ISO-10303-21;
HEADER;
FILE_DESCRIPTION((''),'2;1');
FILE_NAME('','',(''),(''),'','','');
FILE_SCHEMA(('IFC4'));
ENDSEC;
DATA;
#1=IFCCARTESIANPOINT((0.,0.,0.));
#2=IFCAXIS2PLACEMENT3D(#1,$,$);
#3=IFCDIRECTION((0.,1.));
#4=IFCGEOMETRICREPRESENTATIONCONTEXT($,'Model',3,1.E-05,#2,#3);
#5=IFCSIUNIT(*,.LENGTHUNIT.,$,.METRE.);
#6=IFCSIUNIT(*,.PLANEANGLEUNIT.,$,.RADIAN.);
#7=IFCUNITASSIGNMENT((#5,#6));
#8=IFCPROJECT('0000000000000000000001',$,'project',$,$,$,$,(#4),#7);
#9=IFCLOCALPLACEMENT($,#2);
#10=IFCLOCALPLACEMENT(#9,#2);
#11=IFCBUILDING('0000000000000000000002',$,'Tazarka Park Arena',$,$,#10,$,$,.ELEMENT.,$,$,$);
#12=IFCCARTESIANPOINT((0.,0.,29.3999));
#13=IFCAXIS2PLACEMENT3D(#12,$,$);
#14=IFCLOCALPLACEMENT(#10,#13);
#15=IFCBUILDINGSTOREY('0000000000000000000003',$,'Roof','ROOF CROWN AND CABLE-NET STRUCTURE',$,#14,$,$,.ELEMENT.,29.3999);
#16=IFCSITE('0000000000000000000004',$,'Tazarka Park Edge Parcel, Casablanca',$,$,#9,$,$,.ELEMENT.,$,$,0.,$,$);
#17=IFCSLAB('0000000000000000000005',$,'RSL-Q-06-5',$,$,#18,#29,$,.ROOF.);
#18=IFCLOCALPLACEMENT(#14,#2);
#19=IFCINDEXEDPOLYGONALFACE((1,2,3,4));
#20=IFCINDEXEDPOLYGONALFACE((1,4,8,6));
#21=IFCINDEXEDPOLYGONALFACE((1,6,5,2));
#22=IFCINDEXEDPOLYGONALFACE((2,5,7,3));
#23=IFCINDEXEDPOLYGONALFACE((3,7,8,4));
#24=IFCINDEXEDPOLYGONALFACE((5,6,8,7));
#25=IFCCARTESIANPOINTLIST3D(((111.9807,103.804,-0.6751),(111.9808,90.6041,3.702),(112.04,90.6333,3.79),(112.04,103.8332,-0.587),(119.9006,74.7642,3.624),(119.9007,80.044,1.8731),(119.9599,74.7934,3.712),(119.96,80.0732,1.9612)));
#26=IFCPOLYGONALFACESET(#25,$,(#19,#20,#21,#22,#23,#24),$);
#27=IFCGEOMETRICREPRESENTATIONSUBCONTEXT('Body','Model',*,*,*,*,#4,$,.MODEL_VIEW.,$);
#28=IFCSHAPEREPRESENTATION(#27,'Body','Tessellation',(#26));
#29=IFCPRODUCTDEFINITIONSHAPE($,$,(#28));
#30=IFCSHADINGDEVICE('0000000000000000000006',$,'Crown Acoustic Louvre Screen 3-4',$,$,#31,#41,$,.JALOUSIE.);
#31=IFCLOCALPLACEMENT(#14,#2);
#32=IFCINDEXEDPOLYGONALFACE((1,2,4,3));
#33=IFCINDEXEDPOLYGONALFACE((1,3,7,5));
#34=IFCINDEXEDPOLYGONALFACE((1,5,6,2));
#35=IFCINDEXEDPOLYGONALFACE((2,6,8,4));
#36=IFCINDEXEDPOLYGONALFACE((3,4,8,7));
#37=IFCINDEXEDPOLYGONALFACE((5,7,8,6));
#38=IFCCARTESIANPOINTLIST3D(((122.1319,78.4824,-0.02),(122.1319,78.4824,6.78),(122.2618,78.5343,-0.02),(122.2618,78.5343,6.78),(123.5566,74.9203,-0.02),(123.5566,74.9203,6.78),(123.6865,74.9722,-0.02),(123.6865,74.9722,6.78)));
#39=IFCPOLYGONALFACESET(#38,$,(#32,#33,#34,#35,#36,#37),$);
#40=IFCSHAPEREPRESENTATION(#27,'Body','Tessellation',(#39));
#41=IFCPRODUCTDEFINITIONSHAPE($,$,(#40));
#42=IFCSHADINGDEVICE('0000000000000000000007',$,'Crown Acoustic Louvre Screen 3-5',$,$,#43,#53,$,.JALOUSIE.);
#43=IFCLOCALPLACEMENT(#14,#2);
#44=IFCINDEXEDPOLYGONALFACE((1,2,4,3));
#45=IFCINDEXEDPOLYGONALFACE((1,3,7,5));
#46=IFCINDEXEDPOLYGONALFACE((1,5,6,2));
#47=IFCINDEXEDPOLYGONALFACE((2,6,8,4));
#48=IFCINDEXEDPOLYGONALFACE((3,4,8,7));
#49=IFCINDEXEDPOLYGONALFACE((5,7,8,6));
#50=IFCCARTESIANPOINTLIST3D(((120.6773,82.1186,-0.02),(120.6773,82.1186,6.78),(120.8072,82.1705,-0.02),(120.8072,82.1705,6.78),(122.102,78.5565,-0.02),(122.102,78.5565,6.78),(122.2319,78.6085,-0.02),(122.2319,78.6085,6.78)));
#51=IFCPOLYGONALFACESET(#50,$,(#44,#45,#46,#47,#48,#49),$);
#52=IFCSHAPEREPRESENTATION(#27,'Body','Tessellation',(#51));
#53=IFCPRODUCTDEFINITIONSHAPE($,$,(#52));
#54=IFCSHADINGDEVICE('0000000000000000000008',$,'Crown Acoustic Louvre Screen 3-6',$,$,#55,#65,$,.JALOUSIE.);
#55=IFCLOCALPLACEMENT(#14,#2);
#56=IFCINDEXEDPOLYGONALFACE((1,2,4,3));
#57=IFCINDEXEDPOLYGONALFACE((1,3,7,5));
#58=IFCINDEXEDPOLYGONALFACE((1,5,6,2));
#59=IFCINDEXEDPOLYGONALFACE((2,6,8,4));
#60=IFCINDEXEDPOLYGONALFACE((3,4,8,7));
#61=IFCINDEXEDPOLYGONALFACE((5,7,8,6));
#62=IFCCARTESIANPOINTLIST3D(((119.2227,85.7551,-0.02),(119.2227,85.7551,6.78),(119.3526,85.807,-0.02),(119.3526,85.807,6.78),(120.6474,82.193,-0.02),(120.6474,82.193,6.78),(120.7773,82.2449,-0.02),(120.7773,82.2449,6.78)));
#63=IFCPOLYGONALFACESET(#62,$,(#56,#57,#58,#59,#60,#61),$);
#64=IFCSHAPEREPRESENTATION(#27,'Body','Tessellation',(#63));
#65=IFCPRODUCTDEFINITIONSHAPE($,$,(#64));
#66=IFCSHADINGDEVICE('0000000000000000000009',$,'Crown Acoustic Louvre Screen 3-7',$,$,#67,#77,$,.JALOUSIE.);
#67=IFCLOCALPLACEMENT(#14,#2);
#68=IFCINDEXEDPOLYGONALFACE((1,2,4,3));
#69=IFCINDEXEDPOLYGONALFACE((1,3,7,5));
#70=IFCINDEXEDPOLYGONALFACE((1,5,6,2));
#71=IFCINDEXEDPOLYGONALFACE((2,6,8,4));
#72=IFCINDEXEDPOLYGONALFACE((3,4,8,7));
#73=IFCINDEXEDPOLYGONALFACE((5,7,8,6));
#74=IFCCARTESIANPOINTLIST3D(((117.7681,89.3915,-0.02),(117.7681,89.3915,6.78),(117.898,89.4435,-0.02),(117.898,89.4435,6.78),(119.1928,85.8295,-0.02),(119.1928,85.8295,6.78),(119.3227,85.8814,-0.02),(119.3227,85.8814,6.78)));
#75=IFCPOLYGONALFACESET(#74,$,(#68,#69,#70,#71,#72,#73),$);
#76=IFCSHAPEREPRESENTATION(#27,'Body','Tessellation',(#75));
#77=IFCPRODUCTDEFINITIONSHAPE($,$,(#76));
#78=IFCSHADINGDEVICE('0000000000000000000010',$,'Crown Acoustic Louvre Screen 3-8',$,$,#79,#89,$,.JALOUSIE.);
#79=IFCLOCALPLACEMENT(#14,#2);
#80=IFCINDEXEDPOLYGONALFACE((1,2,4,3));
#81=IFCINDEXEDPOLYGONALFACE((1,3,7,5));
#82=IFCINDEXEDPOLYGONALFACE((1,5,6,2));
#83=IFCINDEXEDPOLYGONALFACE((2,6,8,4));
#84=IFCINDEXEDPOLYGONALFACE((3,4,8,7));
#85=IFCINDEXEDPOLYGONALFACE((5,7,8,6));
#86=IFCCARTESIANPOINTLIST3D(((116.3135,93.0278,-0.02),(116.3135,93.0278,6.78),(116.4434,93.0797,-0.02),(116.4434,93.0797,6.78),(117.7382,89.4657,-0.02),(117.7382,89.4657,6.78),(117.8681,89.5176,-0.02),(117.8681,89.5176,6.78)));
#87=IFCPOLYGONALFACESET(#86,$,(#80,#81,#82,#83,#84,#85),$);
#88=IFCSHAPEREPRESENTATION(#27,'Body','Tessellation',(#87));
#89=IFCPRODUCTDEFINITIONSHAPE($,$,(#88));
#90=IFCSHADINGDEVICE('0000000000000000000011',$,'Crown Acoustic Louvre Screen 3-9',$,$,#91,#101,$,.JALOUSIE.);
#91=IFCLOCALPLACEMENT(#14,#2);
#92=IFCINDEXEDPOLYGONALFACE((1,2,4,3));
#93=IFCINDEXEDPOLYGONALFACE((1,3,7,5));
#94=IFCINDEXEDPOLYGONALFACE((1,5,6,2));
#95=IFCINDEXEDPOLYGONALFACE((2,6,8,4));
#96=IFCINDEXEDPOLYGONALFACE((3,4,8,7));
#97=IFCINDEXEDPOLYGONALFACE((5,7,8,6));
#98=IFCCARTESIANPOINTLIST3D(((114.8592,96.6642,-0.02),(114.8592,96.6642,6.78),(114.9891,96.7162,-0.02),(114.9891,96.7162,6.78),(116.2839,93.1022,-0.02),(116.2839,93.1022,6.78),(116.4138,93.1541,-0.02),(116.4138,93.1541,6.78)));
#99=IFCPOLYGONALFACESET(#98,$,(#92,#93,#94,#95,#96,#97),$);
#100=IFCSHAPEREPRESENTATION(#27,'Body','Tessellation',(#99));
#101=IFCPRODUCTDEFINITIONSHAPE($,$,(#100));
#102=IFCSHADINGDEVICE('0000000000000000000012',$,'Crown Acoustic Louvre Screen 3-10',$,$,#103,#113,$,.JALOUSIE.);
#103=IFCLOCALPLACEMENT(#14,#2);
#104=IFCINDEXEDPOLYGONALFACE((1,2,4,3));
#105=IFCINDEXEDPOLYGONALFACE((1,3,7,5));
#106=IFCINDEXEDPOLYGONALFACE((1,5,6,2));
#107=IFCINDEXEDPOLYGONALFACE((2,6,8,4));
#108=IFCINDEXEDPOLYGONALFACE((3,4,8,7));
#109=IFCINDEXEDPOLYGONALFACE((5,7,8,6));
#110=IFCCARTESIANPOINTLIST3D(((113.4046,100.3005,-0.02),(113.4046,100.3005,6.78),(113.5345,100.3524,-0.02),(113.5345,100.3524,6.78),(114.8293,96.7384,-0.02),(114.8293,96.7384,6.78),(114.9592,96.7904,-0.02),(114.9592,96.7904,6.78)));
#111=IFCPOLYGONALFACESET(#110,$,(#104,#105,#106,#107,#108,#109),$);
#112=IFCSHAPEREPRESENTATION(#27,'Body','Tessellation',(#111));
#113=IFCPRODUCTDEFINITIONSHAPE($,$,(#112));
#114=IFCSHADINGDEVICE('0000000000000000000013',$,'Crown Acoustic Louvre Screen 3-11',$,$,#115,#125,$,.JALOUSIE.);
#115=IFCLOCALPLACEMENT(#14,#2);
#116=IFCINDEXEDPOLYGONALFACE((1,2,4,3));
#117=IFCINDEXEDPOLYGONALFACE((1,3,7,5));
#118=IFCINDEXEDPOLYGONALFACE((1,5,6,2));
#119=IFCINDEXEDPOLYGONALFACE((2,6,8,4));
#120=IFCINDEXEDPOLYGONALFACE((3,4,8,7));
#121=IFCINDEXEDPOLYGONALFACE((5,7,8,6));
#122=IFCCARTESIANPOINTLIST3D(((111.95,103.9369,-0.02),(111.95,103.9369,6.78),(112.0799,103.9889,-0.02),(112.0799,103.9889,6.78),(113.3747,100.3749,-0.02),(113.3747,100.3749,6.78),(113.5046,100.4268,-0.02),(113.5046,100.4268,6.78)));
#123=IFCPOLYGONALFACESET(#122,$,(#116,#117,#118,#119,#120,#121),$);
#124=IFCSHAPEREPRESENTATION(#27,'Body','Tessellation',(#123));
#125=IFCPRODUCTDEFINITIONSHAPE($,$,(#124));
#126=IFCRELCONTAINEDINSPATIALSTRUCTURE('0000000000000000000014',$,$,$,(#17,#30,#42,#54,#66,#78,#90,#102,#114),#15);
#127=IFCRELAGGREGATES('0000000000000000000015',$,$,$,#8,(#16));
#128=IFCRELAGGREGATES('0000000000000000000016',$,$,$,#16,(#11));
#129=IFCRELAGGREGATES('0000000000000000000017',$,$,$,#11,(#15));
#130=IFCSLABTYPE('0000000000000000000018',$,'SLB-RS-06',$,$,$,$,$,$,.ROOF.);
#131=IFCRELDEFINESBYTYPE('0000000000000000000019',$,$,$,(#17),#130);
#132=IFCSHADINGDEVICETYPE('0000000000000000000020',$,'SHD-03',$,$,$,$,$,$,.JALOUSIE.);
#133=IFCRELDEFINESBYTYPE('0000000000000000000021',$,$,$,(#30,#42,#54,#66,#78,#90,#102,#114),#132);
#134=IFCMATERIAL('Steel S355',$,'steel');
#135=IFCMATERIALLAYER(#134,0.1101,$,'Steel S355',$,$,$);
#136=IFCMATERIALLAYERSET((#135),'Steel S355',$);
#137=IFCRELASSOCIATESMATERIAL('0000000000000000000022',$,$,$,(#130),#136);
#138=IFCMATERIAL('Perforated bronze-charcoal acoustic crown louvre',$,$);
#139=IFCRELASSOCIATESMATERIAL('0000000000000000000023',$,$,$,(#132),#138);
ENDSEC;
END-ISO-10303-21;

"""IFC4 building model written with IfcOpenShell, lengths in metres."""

from ifc_helpers import new_model, si_unit, direction, frame, origin, origin_2d, place, context, subcontext, project, spatial, polyline, rectangle, outline, extrude, material, layer, layer_set, type_object, element, save


model = new_model("IFC4")

# Units and contexts
model_context = context("Model", 3, precision=1e-05, world=origin(), true_north=direction((0.0, 1.0)))
body_context = subcontext(model_context, "Body", "Model", "MODEL_VIEW")
ifc_project = project(units=[si_unit("LENGTHUNIT", "METRE"), si_unit("PLANEANGLEUNIT", "RADIAN")], contexts=[model_context])

# Site, building, storey
site_placement = place(None, origin())
site = spatial("IfcSite", under=ifc_project, at=site_placement, Name="Tazarka Park Edge Parcel, Casablanca", CompositionType="ELEMENT", RefElevation=0.0)
building_placement = place(site_placement, origin())
building = spatial("IfcBuilding", under=site, at=building_placement, Name="Tazarka Park Arena", CompositionType="ELEMENT")
storey_placement = place(building_placement, frame((0.0, 0.0, 29.3999)))
storey = spatial("IfcBuildingStorey", under=building, at=storey_placement, Name="Roof", Description="ROOF CROWN AND CABLE-NET STRUCTURE", CompositionType="ELEMENT", Elevation=29.3999)

# Slab
ifc_material_1 = material(Name="Steel S355", Category="steel")
ifc_layer_1 = layer(ifc_material_1, 0.1101, Name="Steel S355")
ifc_layer_set_1 = layer_set([ifc_layer_1], Name="Steel S355")
slab_type_1 = type_object("IfcSlabType", Name="SLB-RS-06", PredefinedType="ROOF", material=ifc_layer_set_1)
slab_1_placement = place(storey_placement, frame((112.04, 90.6333, 3.79), z_axis=(0.538368, 0.265242, 0.799879), x_axis=(0.447205, -0.894421, -0.004404)))
element("IfcSlab", 1, at=slab_1_placement, inside=storey, type_object=slab_type_1, Name="RSL-Q-06-5", PredefinedType="ROOF", context=body_context, shape_type="SweptSolid", body=[
    extrude(outline(polyline([(0.0, 0.0), (17.7097, 0.0), (12.995, 2.952), (-11.787, 7.3799), (0.0, 0.0)])), origin(), (0.0, 0.0, -1.0), 0.1101),
])

# Shading devices
ifc_material_2 = material(Name="Perforated bronze-charcoal acoustic crown louvre")
shading_device_type = type_object("IfcShadingDeviceType", Name="SHD-03", PredefinedType="JALOUSIE", material=ifc_material_2)
for number, where, z_axis, x_axis, name in (
    (2, (122.9092, 76.7273, -0.02), (0.0, 0.0, 1.0), (-0.371368, 0.928486, 0.0), "Crown Acoustic Louvre Screen 3-4"),
    (3, (121.4546, 80.3635, -0.02), (0.0, 0.0, 1.0), (-0.371368, 0.928486, 0.0), "Crown Acoustic Louvre Screen 3-5"),
    (4, (120.0, 84.0, -0.02), (0.0, 0.0, 1.0), (-0.371368, 0.928486, 0.0), "Crown Acoustic Louvre Screen 3-6"),
    (5, (118.5454, 87.6365, -0.02), (0.0, 0.0, 1.0), (-0.371368, 0.928486, 0.0), "Crown Acoustic Louvre Screen 3-7"),
    (6, (117.0908, 91.2727, -0.02), (0.0, 0.0, 1.0), (-0.371368, 0.928486, 0.0), "Crown Acoustic Louvre Screen 3-8"),
    (7, (115.6365, 94.9092, -0.02), (0.0, 0.0, 1.0), (-0.371368, 0.928486, 0.0), "Crown Acoustic Louvre Screen 3-9"),
    (8, (114.1819, 98.5454, -0.02), (0.0, 0.0, 1.0), (-0.371368, 0.928486, 0.0), "Crown Acoustic Louvre Screen 3-10"),
    (9, (112.7273, 102.1819, -0.02), (0.0, 0.0, 1.0), (-0.371368, 0.928486, 0.0), "Crown Acoustic Louvre Screen 3-11"),
):
    element("IfcShadingDevice", number, at=place(storey_placement, frame(where, z_axis=z_axis, x_axis=x_axis)), inside=storey, type_object=shading_device_type, Name=name, PredefinedType="JALOUSIE", context=body_context, shape_type="SweptSolid", body=[
        extrude(rectangle(XDim=3.8364, YDim=0.1399, at=origin_2d()), origin(), (0.0, 0.0, 1.0), 6.8),
    ])

save(model, "model.ifc")
